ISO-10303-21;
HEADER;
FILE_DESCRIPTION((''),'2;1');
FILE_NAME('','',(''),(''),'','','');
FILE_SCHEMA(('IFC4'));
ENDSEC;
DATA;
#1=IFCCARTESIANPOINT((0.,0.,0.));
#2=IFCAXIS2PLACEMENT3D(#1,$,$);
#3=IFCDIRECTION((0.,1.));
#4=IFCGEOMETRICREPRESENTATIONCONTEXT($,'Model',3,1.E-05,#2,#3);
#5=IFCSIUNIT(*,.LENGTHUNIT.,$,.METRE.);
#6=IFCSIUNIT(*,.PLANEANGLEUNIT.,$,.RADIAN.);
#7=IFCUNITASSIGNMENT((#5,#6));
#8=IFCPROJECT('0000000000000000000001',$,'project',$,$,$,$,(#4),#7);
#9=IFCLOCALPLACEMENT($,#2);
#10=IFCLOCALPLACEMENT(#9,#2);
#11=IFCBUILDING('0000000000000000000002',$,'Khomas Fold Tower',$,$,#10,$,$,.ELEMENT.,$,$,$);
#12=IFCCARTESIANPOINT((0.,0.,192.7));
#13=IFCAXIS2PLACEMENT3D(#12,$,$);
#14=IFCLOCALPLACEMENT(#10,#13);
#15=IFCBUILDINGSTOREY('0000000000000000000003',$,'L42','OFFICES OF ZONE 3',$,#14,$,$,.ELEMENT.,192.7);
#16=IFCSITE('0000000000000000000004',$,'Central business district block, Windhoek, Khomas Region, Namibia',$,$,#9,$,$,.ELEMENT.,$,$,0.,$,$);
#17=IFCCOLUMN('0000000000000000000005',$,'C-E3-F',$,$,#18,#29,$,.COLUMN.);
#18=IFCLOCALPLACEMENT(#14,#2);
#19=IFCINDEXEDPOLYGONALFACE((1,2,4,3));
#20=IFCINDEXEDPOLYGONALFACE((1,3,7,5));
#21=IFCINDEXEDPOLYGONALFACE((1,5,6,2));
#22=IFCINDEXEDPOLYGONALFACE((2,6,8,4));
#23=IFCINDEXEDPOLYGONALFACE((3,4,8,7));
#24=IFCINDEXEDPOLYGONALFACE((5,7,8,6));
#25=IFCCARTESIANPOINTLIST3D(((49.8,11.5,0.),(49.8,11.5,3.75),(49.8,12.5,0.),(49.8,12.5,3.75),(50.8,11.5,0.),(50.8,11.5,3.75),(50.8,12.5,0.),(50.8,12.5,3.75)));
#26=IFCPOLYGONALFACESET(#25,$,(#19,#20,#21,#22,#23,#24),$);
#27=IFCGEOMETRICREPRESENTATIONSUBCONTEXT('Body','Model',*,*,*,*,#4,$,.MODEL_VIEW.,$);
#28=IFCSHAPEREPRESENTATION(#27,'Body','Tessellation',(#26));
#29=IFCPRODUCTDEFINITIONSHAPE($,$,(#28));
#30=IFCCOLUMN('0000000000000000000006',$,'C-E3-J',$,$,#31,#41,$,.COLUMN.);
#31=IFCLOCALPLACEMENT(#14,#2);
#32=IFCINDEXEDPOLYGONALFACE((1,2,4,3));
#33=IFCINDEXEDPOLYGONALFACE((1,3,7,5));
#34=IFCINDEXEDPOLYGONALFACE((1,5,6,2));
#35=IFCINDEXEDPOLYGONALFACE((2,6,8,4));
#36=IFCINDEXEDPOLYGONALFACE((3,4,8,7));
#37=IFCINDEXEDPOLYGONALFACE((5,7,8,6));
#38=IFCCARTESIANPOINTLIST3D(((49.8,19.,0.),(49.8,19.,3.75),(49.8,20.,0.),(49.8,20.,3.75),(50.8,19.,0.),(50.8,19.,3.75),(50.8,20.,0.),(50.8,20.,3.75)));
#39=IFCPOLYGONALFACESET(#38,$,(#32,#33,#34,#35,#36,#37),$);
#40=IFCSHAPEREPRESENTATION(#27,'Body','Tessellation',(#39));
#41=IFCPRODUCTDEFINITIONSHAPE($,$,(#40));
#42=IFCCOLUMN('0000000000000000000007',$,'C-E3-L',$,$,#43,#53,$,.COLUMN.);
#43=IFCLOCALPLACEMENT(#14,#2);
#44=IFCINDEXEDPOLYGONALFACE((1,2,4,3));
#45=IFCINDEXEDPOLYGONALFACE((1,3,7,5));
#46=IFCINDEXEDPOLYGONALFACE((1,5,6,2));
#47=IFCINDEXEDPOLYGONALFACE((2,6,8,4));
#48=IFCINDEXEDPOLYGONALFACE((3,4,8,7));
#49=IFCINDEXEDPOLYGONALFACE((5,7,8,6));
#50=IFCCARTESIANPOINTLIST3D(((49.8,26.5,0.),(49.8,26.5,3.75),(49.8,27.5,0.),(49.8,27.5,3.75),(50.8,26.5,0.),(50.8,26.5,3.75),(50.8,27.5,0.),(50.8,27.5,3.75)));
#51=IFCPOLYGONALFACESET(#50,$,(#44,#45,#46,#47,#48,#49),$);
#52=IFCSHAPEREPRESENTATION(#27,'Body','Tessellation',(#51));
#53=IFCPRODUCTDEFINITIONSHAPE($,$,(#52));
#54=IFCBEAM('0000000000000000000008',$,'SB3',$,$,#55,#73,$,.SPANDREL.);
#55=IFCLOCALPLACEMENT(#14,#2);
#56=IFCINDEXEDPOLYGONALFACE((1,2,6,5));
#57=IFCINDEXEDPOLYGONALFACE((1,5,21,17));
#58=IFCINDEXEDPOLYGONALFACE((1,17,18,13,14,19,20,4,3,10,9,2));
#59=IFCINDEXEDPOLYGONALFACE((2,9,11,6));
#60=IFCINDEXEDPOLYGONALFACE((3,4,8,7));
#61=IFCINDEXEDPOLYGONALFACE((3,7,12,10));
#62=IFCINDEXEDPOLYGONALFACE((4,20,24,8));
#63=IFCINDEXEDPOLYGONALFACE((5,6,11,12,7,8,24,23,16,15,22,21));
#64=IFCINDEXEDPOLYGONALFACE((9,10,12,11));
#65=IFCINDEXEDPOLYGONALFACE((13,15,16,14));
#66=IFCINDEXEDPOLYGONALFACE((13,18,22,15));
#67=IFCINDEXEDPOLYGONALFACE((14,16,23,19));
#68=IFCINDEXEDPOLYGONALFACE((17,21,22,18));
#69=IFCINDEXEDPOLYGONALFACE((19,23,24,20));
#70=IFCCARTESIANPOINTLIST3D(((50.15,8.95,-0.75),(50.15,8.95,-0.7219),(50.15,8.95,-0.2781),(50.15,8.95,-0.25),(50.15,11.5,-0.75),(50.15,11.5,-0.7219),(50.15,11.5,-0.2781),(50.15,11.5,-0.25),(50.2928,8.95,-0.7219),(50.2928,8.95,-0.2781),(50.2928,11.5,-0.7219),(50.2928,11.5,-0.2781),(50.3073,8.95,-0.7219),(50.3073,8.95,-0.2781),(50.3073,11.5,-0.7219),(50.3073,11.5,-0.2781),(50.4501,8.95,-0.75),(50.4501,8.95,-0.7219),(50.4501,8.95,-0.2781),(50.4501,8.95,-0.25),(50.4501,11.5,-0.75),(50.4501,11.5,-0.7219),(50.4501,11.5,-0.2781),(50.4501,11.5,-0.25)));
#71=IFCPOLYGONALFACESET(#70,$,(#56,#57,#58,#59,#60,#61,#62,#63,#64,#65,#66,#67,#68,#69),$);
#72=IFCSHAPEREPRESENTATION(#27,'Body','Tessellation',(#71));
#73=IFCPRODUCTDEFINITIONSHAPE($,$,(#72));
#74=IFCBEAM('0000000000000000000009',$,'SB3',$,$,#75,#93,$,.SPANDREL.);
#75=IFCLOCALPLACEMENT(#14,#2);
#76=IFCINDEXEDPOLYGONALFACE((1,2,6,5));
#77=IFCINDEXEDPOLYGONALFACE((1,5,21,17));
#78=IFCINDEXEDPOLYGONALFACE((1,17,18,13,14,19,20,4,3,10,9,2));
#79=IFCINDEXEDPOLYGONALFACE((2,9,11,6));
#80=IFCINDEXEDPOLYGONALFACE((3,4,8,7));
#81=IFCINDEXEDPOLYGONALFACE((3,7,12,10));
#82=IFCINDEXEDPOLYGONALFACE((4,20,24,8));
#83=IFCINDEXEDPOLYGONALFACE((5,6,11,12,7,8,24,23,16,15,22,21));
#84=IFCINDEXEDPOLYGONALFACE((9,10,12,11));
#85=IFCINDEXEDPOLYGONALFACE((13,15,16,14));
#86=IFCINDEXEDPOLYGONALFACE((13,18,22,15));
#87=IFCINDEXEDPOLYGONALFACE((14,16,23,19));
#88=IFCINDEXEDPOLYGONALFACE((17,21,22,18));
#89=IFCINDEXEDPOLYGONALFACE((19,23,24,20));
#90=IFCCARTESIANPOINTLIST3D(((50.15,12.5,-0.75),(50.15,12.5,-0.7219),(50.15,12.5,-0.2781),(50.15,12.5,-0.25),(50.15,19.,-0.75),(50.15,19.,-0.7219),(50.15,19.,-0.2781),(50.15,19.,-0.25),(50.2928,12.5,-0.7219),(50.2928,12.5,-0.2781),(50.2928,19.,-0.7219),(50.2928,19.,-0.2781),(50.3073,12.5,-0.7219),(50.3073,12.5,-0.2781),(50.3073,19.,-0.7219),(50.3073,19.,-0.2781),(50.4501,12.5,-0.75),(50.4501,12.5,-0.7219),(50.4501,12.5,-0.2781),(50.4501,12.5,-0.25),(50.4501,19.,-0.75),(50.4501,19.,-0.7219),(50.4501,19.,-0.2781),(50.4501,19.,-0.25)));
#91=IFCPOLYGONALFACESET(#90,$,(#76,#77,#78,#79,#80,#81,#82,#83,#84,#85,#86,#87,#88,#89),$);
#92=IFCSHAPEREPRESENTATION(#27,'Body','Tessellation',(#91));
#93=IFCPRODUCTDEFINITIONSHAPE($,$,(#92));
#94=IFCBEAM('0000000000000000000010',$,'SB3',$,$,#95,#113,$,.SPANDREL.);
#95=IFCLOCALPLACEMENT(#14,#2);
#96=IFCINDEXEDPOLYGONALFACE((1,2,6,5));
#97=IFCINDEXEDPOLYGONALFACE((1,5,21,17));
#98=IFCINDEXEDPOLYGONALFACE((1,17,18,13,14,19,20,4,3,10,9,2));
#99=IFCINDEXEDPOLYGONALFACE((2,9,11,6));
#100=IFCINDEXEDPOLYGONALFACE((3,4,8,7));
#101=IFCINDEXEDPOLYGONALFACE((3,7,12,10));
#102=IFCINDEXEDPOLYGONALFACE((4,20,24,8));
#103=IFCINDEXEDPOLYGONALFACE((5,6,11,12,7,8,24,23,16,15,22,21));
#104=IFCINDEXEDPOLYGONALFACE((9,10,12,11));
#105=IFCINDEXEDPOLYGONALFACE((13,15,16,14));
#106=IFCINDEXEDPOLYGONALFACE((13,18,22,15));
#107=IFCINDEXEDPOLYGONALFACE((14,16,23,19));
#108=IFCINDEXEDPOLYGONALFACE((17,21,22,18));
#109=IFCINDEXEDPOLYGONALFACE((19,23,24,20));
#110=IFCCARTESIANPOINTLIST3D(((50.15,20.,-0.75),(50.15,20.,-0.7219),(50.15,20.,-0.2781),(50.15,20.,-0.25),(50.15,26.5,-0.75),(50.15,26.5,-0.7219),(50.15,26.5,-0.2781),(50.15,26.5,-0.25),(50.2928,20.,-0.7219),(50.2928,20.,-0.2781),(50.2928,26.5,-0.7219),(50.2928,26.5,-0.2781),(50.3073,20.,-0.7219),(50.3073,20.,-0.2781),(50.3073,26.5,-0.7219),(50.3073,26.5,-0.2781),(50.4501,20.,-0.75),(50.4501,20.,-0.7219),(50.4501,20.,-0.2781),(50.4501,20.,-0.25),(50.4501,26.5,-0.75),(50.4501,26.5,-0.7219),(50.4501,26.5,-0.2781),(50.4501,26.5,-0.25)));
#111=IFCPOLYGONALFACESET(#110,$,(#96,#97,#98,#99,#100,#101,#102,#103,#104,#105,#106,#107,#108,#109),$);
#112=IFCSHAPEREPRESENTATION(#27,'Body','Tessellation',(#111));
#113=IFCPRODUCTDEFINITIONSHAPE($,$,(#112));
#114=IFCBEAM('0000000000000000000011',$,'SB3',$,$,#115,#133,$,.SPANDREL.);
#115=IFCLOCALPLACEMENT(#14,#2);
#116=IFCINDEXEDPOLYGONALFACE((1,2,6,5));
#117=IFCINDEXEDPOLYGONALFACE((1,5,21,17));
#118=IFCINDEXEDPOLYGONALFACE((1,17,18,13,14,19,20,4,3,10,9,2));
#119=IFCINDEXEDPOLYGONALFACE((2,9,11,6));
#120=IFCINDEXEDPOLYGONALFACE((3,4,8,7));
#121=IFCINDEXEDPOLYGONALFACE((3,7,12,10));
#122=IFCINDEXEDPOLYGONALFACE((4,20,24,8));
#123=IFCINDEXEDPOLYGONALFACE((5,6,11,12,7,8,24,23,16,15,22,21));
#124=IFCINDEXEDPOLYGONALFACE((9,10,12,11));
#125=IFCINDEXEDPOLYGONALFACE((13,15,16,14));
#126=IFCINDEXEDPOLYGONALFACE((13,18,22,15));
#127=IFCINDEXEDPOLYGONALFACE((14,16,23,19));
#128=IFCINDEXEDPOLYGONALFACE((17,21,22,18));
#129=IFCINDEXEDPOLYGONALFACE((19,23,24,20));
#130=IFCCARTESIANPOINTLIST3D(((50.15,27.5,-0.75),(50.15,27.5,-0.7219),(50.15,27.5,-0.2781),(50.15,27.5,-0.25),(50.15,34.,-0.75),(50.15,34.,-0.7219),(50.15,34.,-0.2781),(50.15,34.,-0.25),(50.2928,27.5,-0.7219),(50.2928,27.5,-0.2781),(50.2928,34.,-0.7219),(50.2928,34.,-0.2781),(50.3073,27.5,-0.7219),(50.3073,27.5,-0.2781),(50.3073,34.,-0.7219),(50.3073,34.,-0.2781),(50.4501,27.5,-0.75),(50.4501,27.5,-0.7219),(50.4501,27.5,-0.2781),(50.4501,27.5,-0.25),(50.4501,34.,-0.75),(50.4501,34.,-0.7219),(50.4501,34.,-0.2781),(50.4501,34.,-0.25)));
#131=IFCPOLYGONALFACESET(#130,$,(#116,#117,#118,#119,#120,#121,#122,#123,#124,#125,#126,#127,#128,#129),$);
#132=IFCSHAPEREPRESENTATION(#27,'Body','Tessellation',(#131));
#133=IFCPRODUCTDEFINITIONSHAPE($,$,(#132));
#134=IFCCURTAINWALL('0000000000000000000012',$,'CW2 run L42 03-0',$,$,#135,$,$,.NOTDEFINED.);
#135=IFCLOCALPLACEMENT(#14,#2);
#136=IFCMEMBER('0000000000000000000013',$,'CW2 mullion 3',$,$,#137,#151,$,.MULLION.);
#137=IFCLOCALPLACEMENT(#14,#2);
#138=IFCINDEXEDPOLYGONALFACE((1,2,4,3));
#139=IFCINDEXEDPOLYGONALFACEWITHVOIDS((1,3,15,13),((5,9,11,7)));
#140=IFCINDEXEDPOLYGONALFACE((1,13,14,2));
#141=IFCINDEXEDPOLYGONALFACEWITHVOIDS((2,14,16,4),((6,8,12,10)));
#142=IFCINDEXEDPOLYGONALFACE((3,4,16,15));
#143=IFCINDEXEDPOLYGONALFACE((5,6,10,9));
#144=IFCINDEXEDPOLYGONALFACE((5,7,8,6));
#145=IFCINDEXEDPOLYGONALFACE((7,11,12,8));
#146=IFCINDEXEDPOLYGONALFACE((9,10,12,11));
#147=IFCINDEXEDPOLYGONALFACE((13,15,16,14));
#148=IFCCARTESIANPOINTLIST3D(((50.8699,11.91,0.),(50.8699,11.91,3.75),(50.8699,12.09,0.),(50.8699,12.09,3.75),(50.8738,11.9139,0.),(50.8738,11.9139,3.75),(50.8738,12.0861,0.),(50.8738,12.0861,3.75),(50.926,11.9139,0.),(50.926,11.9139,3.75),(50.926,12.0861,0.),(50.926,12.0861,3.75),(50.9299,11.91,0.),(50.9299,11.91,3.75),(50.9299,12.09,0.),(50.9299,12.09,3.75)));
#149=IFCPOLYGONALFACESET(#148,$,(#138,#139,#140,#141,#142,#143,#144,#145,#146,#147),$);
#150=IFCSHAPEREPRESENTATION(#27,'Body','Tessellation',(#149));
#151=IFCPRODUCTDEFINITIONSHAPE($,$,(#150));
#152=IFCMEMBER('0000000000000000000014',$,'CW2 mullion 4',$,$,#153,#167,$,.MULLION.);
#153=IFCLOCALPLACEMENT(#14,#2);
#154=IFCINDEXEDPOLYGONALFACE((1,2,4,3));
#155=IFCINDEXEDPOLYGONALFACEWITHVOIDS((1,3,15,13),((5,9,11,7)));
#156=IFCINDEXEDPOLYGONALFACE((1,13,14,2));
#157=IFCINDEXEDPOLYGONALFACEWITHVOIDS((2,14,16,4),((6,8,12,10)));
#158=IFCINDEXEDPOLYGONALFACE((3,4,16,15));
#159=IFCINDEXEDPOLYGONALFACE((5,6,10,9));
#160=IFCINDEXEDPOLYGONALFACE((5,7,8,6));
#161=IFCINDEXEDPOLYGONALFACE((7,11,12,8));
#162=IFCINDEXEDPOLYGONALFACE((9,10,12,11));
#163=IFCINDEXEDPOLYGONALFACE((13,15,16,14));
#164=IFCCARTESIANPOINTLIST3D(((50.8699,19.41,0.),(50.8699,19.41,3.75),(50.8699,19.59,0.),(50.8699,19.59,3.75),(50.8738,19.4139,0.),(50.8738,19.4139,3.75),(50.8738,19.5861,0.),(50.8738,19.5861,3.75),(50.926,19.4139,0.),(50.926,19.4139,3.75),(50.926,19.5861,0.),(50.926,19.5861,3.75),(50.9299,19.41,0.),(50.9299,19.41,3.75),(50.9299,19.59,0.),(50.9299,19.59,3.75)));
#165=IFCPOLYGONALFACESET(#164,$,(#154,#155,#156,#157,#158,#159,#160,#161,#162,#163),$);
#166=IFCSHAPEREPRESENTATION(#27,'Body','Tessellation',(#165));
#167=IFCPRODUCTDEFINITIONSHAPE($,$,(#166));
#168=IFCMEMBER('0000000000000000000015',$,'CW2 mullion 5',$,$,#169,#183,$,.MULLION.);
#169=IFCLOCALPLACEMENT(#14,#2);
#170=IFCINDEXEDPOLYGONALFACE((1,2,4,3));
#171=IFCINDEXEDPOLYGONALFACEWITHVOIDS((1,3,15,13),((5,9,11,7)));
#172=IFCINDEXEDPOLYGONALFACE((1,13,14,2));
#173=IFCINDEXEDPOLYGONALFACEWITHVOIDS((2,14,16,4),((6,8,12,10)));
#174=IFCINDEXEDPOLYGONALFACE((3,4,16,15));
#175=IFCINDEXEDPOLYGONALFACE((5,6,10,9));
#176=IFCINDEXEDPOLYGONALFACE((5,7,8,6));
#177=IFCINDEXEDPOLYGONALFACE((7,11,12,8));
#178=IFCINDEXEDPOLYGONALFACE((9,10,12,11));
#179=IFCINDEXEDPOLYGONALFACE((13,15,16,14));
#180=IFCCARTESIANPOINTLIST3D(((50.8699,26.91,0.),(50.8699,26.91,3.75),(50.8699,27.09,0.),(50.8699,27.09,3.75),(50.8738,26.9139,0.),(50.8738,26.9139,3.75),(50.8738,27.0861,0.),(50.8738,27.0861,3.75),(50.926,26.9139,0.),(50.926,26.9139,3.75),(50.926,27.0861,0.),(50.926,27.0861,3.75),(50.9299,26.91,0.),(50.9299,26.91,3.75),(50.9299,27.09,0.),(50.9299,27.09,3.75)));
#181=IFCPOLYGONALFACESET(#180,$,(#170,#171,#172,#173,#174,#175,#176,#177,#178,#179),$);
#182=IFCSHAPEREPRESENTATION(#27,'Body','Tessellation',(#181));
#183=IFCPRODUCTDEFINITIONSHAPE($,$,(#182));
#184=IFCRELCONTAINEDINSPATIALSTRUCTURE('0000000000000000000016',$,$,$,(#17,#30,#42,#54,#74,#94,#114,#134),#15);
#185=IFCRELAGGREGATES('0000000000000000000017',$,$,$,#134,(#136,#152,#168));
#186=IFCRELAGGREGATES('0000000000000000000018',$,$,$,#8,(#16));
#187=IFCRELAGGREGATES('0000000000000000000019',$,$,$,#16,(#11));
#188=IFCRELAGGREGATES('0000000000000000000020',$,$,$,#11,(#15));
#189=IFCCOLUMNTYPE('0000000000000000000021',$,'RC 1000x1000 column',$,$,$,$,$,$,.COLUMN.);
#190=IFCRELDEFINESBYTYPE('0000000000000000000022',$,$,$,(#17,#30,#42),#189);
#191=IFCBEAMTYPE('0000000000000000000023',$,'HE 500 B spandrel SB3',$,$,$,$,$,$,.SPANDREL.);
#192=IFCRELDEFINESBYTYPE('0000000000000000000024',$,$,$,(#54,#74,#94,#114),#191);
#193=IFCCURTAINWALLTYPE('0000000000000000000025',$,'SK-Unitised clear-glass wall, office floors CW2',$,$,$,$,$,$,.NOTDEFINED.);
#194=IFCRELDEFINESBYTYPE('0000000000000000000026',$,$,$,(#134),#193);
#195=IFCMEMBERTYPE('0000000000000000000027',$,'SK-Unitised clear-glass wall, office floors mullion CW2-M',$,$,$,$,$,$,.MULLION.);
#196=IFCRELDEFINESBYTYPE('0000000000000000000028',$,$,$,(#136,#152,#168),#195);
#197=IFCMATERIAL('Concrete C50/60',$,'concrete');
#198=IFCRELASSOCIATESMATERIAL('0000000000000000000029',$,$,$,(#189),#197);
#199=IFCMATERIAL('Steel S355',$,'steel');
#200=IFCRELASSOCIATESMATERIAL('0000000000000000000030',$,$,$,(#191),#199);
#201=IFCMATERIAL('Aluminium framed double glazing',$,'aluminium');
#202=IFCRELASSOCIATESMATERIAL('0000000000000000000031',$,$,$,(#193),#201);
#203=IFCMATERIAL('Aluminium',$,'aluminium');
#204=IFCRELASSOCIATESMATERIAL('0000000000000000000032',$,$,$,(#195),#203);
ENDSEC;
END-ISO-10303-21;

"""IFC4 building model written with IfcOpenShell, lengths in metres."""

from ifc_helpers import new_model, si_unit, direction, frame, origin, origin_2d, place, context, subcontext, project, spatial, rectangle, hollow_rectangle, i_section, extrude, source, transform, mapped, material, material_profile, profile_set, type_object, element, aggregate, save


model = new_model("IFC4")

# Units and contexts
model_context = context("Model", 3, precision=1e-05, world=origin(), true_north=direction((0.0, 1.0)))
body_context = subcontext(model_context, "Body", "Model", "MODEL_VIEW")
ifc_project = project(units=[si_unit("LENGTHUNIT", "METRE"), si_unit("PLANEANGLEUNIT", "RADIAN")], contexts=[model_context])

# Site, building, storey
site_placement = place(None, origin())
site = spatial("IfcSite", under=ifc_project, at=site_placement, Name="Central business district block, Windhoek, Khomas Region, Namibia", CompositionType="ELEMENT", RefElevation=0.0)
building_placement = place(site_placement, origin())
building = spatial("IfcBuilding", under=site, at=building_placement, Name="Khomas Fold Tower", CompositionType="ELEMENT")
storey_placement = place(building_placement, frame((0.0, 0.0, 192.7)))
storey = spatial("IfcBuildingStorey", under=building, at=storey_placement, Name="L42", Description="OFFICES OF ZONE 3", CompositionType="ELEMENT", Elevation=192.7)

# Columns
ifc_material_1 = material(Name="Concrete C50/60", Category="concrete")
ifc_material_profile_1 = material_profile(ifc_material_1, rectangle(XDim=1.0, YDim=1.0, at=origin_2d()), Name="RC 1000x1000")
ifc_profile_set_1 = profile_set([ifc_material_profile_1], Name="Concrete C50/60")
column_type = type_object("IfcColumnType", Name="RC 1000x1000 column", PredefinedType="COLUMN", material=ifc_profile_set_1)
shared_shape_1 = source(origin(), body_context, "Body", "SweptSolid", [
    extrude(rectangle(XDim=1.0, YDim=1.0, at=origin_2d()), origin(), (0.0, 0.0, 1.0), 3.75),
])
for number, where, z_axis, x_axis, name in (
    (1, (50.3, 12.0, 0.0), (0.0, 0.0, 1.0), (1.0, 0.0, 0.0), "C-E3-F"),
    (2, (50.3, 19.5, 0.0), (0.0, 0.0, 1.0), (1.0, 0.0, 0.0), "C-E3-J"),
    (3, (50.3, 27.0, 0.0), (0.0, 0.0, 1.0), (1.0, 0.0, 0.0), "C-E3-L"),
):
    element("IfcColumn", number, at=place(storey_placement, frame(where, z_axis=z_axis, x_axis=x_axis)), inside=storey, type_object=column_type, Name=name, PredefinedType="COLUMN", context=body_context, shape_type="MappedRepresentation", body=[
        mapped(shared_shape_1, transform((0.0, 0.0, 0.0))),
    ])

# Beams
ifc_material_2 = material(Name="Steel S355", Category="steel")
ifc_material_profile_2 = material_profile(ifc_material_2, i_section(OverallWidth=0.3, OverallDepth=0.5, WebThickness=0.0144, FlangeThickness=0.0281, at=origin_2d()), Name="HE 500 B")
ifc_profile_set_2 = profile_set([ifc_material_profile_2], Name="Steel S355")
beam_type = type_object("IfcBeamType", Name="HE 500 B spandrel SB3", PredefinedType="SPANDREL", material=ifc_profile_set_2)
shared_shape_2 = source(origin(), body_context, "Body", "SweptSolid", [
    extrude(i_section(OverallWidth=0.3, OverallDepth=0.5, WebThickness=0.0144, FlangeThickness=0.0281, at=origin_2d()), origin(), (0.0, 0.0, 1.0), 2.55),
])
beam_placement = place(storey_placement, frame((50.3, 8.95, -0.5), z_axis=(0.0, 1.0, 0.0), x_axis=(-1.0, 0.0, 0.0)))
element("IfcBeam", 4, at=beam_placement, inside=storey, type_object=beam_type, Name="SB3", PredefinedType="SPANDREL", context=body_context, shape_type="MappedRepresentation", body=[
    mapped(shared_shape_2, transform((0.0, 0.0, 0.0))),
])
shared_shape_3 = source(origin(), body_context, "Body", "SweptSolid", [
    extrude(i_section(OverallWidth=0.3, OverallDepth=0.5, WebThickness=0.0144, FlangeThickness=0.0281, at=origin_2d()), origin(), (0.0, 0.0, 1.0), 6.5),
])
for number, where, z_axis, x_axis, name in (
    (5, (50.3, 12.5, -0.5), (0.0, 1.0, 0.0), (-1.0, 0.0, 0.0), "SB3"),
    (6, (50.3, 20.0, -0.5), (0.0, 1.0, 0.0), (-1.0, 0.0, 0.0), "SB3"),
    (7, (50.3, 27.5, -0.5), (0.0, 1.0, 0.0), (-1.0, 0.0, 0.0), "SB3"),
):
    element("IfcBeam", number, at=place(storey_placement, frame(where, z_axis=z_axis, x_axis=x_axis)), inside=storey, type_object=beam_type, Name=name, PredefinedType="SPANDREL", context=body_context, shape_type="MappedRepresentation", body=[
        mapped(shared_shape_3, transform((0.0, 0.0, 0.0))),
    ])

# Curtain wall, members
ifc_material_3 = material(Name="Aluminium framed double glazing", Category="aluminium")
curtain_wall_type = type_object("IfcCurtainWallType", Name="SK-Unitised clear-glass wall, office floors CW2", PredefinedType="NOTDEFINED", material=ifc_material_3)
curtain_wall_placement = place(storey_placement, origin())
curtain_wall = element("IfcCurtainWall", 8, at=curtain_wall_placement, inside=storey, type_object=curtain_wall_type, Name="CW2 run L42 03-0", PredefinedType="NOTDEFINED")
ifc_material_4 = material(Name="Aluminium", Category="aluminium")
ifc_material_profile_3 = material_profile(ifc_material_4, hollow_rectangle(XDim=0.0601, YDim=0.1799, WallThickness=0.0039, at=origin_2d()), Name="SK-Unitised clear-glass wall, office floors mullion CW2-M")
ifc_profile_set_3 = profile_set([ifc_material_profile_3], Name="Aluminium")
member_type_1 = type_object("IfcMemberType", Name="SK-Unitised clear-glass wall, office floors mullion CW2-M", PredefinedType="MULLION", material=ifc_profile_set_3)
shared_shape_4 = source(origin(), body_context, "Body", "SweptSolid", [
    extrude(hollow_rectangle(XDim=0.0601, YDim=0.1799, WallThickness=0.0039, at=origin_2d()), origin(), (0.0, 0.0, 1.0), 3.75),
])
member_1_placement = place(storey_placement, frame((50.8999, 12.0, 0.0), z_axis=(0.0, 0.0, 1.0), x_axis=(-1.0, 0.0, 0.0)))
member_1 = element("IfcMember", 9, at=member_1_placement, type_object=member_type_1, Name="CW2 mullion 3", PredefinedType="MULLION", context=body_context, shape_type="MappedRepresentation", body=[
    mapped(shared_shape_4, transform((0.0, 0.0, 0.0))),
])
member_2_placement = place(storey_placement, frame((50.8999, 19.5, 0.0), z_axis=(0.0, 0.0, 1.0), x_axis=(-1.0, 0.0, 0.0)))
member_2 = element("IfcMember", 10, at=member_2_placement, type_object=member_type_1, Name="CW2 mullion 4", PredefinedType="MULLION", context=body_context, shape_type="MappedRepresentation", body=[
    mapped(shared_shape_4, transform((0.0, 0.0, 0.0))),
])
member_3_placement = place(storey_placement, frame((50.8999, 27.0, 0.0), z_axis=(0.0, 0.0, 1.0), x_axis=(-1.0, 0.0, 0.0)))
member_3 = element("IfcMember", 11, at=member_3_placement, type_object=member_type_1, Name="CW2 mullion 5", PredefinedType="MULLION", context=body_context, shape_type="MappedRepresentation", body=[
    mapped(shared_shape_4, transform((0.0, 0.0, 0.0))),
])
aggregate(curtain_wall, [member_1, member_2, member_3])

save(model, "model.ifc")
